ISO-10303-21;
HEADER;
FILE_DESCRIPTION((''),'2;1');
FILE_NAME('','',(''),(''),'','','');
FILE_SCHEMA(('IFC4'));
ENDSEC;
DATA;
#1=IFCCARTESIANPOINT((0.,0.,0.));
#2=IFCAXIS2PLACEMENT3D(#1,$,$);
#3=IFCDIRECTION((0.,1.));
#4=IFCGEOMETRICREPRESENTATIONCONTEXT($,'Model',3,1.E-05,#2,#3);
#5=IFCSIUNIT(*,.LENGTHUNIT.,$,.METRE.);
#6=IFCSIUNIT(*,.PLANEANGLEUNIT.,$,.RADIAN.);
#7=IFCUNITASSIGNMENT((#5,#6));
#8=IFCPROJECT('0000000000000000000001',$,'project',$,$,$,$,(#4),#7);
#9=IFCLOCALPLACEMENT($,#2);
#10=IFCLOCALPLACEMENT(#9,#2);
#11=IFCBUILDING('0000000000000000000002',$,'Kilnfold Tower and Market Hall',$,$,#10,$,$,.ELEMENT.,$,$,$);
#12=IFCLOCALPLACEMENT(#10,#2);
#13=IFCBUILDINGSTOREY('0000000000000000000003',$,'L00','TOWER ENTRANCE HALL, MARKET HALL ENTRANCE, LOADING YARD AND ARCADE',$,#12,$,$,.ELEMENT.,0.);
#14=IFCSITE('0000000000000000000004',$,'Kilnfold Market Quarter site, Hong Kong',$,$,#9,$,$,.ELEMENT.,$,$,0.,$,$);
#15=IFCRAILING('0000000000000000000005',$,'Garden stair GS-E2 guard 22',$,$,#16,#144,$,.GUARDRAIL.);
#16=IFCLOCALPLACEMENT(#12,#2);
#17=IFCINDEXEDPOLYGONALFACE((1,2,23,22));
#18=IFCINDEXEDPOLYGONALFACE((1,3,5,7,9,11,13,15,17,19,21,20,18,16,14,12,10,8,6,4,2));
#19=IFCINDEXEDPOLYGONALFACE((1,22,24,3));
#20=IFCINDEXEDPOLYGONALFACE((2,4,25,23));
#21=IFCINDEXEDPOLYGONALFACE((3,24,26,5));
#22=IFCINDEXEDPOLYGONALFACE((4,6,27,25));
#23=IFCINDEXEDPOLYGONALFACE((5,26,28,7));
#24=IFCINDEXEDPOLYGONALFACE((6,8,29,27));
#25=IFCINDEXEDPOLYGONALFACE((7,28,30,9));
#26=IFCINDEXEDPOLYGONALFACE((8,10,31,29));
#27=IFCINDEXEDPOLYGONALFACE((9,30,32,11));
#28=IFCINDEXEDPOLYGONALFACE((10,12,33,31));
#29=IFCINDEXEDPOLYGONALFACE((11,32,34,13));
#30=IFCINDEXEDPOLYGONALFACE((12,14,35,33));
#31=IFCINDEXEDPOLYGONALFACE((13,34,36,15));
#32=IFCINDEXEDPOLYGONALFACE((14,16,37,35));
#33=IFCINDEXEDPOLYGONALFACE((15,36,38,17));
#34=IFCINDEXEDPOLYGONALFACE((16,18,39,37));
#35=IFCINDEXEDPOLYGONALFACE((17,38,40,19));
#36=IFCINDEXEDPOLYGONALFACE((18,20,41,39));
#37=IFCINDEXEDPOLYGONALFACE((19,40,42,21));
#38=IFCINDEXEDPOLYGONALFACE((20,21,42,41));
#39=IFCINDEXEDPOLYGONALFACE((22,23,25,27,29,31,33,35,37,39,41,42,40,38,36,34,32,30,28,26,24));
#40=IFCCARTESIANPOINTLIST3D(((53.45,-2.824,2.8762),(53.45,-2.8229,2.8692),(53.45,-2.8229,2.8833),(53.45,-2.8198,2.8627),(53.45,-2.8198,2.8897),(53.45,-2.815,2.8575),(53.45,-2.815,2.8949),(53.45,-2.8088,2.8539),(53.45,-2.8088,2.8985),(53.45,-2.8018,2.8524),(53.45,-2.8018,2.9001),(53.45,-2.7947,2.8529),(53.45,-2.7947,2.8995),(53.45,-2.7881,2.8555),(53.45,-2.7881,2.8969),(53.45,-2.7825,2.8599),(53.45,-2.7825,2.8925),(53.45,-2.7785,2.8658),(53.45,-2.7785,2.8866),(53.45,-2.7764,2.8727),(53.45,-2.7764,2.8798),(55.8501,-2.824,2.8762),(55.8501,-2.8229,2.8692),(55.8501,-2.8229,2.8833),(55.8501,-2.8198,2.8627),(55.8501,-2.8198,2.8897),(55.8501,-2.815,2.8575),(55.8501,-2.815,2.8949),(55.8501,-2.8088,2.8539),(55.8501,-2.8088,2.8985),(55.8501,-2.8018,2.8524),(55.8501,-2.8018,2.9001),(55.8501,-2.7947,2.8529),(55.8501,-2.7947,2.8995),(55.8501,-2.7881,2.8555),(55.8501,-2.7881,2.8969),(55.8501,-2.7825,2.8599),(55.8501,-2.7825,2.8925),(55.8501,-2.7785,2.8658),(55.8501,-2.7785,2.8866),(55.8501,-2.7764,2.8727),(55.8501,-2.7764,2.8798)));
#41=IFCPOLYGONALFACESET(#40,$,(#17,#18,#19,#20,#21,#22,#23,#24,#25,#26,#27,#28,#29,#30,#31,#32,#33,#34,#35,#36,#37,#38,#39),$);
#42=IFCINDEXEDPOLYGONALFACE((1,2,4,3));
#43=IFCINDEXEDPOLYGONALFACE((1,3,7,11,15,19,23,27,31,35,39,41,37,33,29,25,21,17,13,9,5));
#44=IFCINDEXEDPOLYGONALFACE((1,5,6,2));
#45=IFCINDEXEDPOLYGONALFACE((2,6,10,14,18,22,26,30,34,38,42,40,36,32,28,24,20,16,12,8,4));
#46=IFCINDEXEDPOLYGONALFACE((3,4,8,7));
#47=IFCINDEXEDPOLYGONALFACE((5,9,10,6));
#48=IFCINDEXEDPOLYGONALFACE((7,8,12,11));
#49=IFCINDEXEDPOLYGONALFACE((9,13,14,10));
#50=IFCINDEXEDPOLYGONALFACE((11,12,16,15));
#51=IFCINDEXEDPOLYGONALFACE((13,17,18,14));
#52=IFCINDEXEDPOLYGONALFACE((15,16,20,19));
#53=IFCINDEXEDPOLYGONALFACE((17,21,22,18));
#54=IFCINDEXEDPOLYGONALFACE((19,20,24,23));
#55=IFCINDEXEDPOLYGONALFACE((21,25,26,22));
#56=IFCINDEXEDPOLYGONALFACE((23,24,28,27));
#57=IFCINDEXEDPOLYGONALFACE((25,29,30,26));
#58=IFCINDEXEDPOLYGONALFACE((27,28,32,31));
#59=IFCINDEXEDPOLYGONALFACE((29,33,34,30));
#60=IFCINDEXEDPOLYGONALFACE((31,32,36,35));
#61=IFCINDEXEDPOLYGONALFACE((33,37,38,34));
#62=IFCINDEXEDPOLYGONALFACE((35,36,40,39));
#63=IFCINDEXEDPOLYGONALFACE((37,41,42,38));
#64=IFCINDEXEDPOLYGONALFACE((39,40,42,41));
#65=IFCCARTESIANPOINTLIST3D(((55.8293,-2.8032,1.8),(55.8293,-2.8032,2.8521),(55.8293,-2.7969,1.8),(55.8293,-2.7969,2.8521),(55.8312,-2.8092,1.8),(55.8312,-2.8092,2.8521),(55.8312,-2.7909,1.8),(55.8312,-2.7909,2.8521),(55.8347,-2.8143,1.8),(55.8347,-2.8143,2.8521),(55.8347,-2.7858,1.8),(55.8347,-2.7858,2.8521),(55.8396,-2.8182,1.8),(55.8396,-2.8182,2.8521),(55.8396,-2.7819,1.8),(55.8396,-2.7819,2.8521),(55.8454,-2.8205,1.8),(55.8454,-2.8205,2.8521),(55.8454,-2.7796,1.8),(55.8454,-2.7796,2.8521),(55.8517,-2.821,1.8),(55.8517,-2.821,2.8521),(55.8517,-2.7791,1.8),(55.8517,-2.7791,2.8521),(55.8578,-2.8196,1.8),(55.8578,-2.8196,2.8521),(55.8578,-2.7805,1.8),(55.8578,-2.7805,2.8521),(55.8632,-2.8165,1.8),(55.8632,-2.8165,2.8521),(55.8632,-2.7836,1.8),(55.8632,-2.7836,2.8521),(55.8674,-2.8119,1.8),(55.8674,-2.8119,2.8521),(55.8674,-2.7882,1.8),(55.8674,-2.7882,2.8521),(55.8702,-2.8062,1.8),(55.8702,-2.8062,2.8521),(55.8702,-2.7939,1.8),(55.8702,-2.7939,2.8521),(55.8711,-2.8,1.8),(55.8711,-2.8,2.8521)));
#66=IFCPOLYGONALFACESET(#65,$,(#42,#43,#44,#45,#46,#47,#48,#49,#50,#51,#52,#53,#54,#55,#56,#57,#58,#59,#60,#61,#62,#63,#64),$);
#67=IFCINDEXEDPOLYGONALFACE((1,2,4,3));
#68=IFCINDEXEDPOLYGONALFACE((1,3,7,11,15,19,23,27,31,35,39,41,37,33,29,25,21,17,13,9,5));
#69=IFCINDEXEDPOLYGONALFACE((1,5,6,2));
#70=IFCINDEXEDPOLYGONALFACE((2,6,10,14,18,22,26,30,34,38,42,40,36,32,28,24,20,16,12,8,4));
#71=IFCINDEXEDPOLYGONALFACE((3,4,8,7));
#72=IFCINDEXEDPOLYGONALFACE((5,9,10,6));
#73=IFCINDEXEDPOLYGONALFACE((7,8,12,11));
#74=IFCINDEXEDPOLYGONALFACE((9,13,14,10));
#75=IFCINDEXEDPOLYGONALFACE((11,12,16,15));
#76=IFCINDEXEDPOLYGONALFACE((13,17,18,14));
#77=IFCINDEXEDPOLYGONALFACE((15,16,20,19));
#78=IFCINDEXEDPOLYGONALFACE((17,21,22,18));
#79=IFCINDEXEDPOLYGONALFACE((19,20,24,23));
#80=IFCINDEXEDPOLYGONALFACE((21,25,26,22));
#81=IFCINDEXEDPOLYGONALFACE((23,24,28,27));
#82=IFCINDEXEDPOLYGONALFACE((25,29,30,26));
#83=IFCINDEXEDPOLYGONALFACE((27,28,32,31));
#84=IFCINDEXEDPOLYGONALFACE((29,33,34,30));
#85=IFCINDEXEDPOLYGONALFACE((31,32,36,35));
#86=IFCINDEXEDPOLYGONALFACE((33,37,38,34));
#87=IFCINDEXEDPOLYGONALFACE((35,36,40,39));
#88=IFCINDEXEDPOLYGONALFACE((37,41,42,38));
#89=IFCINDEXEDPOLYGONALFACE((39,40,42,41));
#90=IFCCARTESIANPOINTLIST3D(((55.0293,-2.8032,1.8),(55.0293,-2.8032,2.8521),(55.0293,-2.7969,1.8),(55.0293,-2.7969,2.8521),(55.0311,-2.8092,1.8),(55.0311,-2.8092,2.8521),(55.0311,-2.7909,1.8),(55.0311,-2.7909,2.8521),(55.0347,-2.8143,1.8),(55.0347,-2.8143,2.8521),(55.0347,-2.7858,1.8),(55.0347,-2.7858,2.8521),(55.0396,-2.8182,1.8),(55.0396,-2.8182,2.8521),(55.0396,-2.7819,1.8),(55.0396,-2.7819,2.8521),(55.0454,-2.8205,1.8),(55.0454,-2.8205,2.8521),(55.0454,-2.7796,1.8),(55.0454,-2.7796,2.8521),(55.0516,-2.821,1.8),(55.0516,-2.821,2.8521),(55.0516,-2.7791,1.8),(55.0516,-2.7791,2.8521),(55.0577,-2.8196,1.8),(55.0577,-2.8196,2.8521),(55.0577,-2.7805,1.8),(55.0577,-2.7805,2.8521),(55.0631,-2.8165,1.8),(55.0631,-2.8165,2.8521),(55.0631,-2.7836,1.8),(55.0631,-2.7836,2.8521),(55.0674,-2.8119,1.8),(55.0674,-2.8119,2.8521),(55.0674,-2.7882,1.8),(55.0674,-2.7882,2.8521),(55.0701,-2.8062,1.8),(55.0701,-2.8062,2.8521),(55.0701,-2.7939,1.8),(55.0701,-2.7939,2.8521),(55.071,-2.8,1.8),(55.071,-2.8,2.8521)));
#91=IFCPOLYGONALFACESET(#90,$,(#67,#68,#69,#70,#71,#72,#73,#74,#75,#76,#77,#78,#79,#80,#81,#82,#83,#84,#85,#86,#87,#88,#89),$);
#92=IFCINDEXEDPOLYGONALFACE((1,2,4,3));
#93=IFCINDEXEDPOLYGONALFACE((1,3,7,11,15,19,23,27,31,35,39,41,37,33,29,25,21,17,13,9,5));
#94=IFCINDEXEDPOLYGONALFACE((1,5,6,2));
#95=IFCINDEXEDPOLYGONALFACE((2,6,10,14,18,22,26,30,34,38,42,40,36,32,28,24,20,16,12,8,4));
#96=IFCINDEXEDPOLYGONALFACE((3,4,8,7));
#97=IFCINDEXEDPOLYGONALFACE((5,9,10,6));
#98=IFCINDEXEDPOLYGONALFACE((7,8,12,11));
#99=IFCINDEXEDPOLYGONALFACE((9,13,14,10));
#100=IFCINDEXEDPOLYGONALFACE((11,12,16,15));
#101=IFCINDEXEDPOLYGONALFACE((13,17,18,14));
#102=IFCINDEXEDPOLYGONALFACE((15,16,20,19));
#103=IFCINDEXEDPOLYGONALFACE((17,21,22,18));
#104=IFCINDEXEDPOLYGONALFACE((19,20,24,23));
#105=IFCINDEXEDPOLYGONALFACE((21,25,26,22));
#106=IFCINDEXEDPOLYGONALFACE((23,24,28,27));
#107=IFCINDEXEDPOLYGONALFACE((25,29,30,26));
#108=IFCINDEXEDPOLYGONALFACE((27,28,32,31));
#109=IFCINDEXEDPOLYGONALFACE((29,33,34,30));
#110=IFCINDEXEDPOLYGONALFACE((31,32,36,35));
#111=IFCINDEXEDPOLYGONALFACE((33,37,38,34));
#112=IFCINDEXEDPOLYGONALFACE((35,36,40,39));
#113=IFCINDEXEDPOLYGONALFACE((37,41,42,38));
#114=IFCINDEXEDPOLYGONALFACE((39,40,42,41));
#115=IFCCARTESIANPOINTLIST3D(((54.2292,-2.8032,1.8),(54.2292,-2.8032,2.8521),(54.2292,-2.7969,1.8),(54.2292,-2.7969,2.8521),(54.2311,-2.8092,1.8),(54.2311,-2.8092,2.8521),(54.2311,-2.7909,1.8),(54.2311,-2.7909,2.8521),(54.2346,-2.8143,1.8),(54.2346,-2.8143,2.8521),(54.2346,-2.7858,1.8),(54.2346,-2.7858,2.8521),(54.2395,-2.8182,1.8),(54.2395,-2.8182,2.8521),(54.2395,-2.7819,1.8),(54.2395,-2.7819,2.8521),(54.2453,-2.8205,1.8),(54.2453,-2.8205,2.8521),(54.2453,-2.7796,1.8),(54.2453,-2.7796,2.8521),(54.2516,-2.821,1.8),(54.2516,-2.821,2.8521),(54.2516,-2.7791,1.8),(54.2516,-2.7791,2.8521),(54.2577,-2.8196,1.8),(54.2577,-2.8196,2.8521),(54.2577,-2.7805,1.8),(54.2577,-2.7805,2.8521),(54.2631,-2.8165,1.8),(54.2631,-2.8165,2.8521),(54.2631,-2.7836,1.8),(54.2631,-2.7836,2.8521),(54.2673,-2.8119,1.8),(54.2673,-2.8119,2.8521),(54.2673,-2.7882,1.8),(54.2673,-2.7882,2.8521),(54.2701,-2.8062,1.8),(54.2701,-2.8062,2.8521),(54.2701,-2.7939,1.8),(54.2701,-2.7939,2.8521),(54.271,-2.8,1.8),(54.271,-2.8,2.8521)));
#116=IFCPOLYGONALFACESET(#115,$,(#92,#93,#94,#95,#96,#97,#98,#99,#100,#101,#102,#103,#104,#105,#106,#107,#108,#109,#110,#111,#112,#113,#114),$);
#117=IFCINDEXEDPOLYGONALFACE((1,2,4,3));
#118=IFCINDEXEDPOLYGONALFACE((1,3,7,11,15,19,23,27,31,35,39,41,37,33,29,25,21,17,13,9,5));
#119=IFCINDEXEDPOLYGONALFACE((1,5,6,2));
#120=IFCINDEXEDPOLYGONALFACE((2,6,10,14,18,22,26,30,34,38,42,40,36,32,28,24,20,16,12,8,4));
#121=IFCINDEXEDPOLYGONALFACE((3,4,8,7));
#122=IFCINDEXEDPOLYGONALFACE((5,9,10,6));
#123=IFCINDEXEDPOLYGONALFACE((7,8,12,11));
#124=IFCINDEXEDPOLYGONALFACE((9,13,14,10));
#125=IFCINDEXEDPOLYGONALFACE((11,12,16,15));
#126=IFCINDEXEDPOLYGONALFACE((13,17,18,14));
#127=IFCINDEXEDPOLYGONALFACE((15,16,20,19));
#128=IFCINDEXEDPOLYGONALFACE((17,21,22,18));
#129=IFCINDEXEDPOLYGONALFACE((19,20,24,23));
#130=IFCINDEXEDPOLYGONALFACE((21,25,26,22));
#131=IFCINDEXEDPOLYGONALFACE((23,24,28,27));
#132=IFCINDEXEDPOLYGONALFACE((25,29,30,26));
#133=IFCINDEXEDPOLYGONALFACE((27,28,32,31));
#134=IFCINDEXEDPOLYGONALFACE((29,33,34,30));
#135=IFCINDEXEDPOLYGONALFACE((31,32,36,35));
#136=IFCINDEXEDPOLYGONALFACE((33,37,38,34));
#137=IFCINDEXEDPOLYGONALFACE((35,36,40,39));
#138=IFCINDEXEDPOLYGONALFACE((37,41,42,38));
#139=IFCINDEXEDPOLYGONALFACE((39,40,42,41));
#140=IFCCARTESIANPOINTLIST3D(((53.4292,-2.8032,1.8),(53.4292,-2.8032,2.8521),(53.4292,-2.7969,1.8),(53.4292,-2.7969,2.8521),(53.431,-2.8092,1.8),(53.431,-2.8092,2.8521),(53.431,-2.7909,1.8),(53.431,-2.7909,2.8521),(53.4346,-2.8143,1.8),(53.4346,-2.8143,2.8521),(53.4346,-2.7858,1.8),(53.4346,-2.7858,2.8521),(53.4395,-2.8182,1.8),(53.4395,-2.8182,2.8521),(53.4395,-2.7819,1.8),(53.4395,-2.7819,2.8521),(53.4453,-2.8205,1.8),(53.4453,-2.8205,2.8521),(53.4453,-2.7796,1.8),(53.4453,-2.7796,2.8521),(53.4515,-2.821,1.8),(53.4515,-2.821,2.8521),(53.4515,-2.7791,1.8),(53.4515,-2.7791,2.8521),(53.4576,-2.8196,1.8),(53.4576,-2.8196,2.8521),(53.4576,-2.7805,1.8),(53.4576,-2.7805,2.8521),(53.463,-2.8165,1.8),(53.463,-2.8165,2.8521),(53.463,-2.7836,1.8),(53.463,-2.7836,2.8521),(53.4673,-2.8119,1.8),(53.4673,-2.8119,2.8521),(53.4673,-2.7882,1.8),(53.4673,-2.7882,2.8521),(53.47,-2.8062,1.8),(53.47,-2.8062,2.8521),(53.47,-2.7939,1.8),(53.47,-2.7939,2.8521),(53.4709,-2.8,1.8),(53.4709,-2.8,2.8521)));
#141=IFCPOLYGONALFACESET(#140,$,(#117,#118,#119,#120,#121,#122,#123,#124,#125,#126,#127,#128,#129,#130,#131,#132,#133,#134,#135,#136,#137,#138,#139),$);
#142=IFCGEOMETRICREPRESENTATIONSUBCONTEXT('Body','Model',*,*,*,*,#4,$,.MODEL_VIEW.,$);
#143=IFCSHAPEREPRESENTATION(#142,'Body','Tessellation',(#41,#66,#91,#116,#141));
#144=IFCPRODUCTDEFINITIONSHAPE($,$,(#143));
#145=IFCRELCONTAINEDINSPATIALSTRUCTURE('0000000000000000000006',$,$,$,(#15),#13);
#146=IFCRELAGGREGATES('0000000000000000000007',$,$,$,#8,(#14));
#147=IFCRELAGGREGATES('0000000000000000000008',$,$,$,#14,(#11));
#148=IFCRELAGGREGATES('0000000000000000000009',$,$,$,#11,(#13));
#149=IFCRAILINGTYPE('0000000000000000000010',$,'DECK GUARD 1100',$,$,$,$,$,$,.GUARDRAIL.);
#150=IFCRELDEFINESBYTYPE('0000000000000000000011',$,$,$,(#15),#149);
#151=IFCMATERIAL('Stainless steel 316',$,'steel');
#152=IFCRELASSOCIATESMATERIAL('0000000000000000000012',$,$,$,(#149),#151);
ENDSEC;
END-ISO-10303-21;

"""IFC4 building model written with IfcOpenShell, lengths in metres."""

from ifc_helpers import new_model, si_unit, direction, frame, origin, origin_2d, place, context, subcontext, project, spatial, circle, extrude, material, type_object, element, save


model = new_model("IFC4")

# Units and contexts
model_context = context("Model", 3, precision=1e-05, world=origin(), true_north=direction((0.0, 1.0)))
body_context = subcontext(model_context, "Body", "Model", "MODEL_VIEW")
ifc_project = project(units=[si_unit("LENGTHUNIT", "METRE"), si_unit("PLANEANGLEUNIT", "RADIAN")], contexts=[model_context])

# Site, building, storey
site_placement = place(None, origin())
site = spatial("IfcSite", under=ifc_project, at=site_placement, Name="Kilnfold Market Quarter site, Hong Kong", CompositionType="ELEMENT", RefElevation=0.0)
building_placement = place(site_placement, origin())
building = spatial("IfcBuilding", under=site, at=building_placement, Name="Kilnfold Tower and Market Hall", CompositionType="ELEMENT")
storey_placement = place(building_placement, origin())
storey = spatial("IfcBuildingStorey", under=building, at=storey_placement, Name="L00", Description="TOWER ENTRANCE HALL, MARKET HALL ENTRANCE, LOADING YARD AND ARCADE", CompositionType="ELEMENT", Elevation=0.0)

# Railing
ifc_material_1 = material(Name="Stainless steel 316", Category="steel")
railing_type_1 = type_object("IfcRailingType", Name="DECK GUARD 1100", PredefinedType="GUARDRAIL", material=ifc_material_1)
railing_1_placement = place(storey_placement, frame((55.8501, -2.8, 1.8)))
element("IfcRailing", 1, at=railing_1_placement, inside=storey, type_object=railing_type_1, Name="Garden stair GS-E2 guard 22", PredefinedType="GUARDRAIL", context=body_context, shape_type="SweptSolid", body=[
    extrude(circle(Radius=0.0239, at=origin_2d()), frame((0.0, 0.0, 1.0762), z_axis=(-1.0, 0.0, 0.0), x_axis=(0.0, -1.0, 0.0)), (0.0, 0.0, 1.0), 2.4001),
    extrude(circle(Radius=0.021, at=origin_2d()), origin(), (0.0, 0.0, 1.0), 1.052),
    extrude(circle(Radius=0.021, at=origin_2d()), frame((-0.8, 0.0, 0.0)), (0.0, 0.0, 1.0), 1.052),
    extrude(circle(Radius=0.021, at=origin_2d()), frame((-1.6001, 0.0, 0.0)), (0.0, 0.0, 1.0), 1.052),
    extrude(circle(Radius=0.021, at=origin_2d()), frame((-2.4001, 0.0, 0.0)), (0.0, 0.0, 1.0), 1.052),
])

save(model, "model.ifc")
